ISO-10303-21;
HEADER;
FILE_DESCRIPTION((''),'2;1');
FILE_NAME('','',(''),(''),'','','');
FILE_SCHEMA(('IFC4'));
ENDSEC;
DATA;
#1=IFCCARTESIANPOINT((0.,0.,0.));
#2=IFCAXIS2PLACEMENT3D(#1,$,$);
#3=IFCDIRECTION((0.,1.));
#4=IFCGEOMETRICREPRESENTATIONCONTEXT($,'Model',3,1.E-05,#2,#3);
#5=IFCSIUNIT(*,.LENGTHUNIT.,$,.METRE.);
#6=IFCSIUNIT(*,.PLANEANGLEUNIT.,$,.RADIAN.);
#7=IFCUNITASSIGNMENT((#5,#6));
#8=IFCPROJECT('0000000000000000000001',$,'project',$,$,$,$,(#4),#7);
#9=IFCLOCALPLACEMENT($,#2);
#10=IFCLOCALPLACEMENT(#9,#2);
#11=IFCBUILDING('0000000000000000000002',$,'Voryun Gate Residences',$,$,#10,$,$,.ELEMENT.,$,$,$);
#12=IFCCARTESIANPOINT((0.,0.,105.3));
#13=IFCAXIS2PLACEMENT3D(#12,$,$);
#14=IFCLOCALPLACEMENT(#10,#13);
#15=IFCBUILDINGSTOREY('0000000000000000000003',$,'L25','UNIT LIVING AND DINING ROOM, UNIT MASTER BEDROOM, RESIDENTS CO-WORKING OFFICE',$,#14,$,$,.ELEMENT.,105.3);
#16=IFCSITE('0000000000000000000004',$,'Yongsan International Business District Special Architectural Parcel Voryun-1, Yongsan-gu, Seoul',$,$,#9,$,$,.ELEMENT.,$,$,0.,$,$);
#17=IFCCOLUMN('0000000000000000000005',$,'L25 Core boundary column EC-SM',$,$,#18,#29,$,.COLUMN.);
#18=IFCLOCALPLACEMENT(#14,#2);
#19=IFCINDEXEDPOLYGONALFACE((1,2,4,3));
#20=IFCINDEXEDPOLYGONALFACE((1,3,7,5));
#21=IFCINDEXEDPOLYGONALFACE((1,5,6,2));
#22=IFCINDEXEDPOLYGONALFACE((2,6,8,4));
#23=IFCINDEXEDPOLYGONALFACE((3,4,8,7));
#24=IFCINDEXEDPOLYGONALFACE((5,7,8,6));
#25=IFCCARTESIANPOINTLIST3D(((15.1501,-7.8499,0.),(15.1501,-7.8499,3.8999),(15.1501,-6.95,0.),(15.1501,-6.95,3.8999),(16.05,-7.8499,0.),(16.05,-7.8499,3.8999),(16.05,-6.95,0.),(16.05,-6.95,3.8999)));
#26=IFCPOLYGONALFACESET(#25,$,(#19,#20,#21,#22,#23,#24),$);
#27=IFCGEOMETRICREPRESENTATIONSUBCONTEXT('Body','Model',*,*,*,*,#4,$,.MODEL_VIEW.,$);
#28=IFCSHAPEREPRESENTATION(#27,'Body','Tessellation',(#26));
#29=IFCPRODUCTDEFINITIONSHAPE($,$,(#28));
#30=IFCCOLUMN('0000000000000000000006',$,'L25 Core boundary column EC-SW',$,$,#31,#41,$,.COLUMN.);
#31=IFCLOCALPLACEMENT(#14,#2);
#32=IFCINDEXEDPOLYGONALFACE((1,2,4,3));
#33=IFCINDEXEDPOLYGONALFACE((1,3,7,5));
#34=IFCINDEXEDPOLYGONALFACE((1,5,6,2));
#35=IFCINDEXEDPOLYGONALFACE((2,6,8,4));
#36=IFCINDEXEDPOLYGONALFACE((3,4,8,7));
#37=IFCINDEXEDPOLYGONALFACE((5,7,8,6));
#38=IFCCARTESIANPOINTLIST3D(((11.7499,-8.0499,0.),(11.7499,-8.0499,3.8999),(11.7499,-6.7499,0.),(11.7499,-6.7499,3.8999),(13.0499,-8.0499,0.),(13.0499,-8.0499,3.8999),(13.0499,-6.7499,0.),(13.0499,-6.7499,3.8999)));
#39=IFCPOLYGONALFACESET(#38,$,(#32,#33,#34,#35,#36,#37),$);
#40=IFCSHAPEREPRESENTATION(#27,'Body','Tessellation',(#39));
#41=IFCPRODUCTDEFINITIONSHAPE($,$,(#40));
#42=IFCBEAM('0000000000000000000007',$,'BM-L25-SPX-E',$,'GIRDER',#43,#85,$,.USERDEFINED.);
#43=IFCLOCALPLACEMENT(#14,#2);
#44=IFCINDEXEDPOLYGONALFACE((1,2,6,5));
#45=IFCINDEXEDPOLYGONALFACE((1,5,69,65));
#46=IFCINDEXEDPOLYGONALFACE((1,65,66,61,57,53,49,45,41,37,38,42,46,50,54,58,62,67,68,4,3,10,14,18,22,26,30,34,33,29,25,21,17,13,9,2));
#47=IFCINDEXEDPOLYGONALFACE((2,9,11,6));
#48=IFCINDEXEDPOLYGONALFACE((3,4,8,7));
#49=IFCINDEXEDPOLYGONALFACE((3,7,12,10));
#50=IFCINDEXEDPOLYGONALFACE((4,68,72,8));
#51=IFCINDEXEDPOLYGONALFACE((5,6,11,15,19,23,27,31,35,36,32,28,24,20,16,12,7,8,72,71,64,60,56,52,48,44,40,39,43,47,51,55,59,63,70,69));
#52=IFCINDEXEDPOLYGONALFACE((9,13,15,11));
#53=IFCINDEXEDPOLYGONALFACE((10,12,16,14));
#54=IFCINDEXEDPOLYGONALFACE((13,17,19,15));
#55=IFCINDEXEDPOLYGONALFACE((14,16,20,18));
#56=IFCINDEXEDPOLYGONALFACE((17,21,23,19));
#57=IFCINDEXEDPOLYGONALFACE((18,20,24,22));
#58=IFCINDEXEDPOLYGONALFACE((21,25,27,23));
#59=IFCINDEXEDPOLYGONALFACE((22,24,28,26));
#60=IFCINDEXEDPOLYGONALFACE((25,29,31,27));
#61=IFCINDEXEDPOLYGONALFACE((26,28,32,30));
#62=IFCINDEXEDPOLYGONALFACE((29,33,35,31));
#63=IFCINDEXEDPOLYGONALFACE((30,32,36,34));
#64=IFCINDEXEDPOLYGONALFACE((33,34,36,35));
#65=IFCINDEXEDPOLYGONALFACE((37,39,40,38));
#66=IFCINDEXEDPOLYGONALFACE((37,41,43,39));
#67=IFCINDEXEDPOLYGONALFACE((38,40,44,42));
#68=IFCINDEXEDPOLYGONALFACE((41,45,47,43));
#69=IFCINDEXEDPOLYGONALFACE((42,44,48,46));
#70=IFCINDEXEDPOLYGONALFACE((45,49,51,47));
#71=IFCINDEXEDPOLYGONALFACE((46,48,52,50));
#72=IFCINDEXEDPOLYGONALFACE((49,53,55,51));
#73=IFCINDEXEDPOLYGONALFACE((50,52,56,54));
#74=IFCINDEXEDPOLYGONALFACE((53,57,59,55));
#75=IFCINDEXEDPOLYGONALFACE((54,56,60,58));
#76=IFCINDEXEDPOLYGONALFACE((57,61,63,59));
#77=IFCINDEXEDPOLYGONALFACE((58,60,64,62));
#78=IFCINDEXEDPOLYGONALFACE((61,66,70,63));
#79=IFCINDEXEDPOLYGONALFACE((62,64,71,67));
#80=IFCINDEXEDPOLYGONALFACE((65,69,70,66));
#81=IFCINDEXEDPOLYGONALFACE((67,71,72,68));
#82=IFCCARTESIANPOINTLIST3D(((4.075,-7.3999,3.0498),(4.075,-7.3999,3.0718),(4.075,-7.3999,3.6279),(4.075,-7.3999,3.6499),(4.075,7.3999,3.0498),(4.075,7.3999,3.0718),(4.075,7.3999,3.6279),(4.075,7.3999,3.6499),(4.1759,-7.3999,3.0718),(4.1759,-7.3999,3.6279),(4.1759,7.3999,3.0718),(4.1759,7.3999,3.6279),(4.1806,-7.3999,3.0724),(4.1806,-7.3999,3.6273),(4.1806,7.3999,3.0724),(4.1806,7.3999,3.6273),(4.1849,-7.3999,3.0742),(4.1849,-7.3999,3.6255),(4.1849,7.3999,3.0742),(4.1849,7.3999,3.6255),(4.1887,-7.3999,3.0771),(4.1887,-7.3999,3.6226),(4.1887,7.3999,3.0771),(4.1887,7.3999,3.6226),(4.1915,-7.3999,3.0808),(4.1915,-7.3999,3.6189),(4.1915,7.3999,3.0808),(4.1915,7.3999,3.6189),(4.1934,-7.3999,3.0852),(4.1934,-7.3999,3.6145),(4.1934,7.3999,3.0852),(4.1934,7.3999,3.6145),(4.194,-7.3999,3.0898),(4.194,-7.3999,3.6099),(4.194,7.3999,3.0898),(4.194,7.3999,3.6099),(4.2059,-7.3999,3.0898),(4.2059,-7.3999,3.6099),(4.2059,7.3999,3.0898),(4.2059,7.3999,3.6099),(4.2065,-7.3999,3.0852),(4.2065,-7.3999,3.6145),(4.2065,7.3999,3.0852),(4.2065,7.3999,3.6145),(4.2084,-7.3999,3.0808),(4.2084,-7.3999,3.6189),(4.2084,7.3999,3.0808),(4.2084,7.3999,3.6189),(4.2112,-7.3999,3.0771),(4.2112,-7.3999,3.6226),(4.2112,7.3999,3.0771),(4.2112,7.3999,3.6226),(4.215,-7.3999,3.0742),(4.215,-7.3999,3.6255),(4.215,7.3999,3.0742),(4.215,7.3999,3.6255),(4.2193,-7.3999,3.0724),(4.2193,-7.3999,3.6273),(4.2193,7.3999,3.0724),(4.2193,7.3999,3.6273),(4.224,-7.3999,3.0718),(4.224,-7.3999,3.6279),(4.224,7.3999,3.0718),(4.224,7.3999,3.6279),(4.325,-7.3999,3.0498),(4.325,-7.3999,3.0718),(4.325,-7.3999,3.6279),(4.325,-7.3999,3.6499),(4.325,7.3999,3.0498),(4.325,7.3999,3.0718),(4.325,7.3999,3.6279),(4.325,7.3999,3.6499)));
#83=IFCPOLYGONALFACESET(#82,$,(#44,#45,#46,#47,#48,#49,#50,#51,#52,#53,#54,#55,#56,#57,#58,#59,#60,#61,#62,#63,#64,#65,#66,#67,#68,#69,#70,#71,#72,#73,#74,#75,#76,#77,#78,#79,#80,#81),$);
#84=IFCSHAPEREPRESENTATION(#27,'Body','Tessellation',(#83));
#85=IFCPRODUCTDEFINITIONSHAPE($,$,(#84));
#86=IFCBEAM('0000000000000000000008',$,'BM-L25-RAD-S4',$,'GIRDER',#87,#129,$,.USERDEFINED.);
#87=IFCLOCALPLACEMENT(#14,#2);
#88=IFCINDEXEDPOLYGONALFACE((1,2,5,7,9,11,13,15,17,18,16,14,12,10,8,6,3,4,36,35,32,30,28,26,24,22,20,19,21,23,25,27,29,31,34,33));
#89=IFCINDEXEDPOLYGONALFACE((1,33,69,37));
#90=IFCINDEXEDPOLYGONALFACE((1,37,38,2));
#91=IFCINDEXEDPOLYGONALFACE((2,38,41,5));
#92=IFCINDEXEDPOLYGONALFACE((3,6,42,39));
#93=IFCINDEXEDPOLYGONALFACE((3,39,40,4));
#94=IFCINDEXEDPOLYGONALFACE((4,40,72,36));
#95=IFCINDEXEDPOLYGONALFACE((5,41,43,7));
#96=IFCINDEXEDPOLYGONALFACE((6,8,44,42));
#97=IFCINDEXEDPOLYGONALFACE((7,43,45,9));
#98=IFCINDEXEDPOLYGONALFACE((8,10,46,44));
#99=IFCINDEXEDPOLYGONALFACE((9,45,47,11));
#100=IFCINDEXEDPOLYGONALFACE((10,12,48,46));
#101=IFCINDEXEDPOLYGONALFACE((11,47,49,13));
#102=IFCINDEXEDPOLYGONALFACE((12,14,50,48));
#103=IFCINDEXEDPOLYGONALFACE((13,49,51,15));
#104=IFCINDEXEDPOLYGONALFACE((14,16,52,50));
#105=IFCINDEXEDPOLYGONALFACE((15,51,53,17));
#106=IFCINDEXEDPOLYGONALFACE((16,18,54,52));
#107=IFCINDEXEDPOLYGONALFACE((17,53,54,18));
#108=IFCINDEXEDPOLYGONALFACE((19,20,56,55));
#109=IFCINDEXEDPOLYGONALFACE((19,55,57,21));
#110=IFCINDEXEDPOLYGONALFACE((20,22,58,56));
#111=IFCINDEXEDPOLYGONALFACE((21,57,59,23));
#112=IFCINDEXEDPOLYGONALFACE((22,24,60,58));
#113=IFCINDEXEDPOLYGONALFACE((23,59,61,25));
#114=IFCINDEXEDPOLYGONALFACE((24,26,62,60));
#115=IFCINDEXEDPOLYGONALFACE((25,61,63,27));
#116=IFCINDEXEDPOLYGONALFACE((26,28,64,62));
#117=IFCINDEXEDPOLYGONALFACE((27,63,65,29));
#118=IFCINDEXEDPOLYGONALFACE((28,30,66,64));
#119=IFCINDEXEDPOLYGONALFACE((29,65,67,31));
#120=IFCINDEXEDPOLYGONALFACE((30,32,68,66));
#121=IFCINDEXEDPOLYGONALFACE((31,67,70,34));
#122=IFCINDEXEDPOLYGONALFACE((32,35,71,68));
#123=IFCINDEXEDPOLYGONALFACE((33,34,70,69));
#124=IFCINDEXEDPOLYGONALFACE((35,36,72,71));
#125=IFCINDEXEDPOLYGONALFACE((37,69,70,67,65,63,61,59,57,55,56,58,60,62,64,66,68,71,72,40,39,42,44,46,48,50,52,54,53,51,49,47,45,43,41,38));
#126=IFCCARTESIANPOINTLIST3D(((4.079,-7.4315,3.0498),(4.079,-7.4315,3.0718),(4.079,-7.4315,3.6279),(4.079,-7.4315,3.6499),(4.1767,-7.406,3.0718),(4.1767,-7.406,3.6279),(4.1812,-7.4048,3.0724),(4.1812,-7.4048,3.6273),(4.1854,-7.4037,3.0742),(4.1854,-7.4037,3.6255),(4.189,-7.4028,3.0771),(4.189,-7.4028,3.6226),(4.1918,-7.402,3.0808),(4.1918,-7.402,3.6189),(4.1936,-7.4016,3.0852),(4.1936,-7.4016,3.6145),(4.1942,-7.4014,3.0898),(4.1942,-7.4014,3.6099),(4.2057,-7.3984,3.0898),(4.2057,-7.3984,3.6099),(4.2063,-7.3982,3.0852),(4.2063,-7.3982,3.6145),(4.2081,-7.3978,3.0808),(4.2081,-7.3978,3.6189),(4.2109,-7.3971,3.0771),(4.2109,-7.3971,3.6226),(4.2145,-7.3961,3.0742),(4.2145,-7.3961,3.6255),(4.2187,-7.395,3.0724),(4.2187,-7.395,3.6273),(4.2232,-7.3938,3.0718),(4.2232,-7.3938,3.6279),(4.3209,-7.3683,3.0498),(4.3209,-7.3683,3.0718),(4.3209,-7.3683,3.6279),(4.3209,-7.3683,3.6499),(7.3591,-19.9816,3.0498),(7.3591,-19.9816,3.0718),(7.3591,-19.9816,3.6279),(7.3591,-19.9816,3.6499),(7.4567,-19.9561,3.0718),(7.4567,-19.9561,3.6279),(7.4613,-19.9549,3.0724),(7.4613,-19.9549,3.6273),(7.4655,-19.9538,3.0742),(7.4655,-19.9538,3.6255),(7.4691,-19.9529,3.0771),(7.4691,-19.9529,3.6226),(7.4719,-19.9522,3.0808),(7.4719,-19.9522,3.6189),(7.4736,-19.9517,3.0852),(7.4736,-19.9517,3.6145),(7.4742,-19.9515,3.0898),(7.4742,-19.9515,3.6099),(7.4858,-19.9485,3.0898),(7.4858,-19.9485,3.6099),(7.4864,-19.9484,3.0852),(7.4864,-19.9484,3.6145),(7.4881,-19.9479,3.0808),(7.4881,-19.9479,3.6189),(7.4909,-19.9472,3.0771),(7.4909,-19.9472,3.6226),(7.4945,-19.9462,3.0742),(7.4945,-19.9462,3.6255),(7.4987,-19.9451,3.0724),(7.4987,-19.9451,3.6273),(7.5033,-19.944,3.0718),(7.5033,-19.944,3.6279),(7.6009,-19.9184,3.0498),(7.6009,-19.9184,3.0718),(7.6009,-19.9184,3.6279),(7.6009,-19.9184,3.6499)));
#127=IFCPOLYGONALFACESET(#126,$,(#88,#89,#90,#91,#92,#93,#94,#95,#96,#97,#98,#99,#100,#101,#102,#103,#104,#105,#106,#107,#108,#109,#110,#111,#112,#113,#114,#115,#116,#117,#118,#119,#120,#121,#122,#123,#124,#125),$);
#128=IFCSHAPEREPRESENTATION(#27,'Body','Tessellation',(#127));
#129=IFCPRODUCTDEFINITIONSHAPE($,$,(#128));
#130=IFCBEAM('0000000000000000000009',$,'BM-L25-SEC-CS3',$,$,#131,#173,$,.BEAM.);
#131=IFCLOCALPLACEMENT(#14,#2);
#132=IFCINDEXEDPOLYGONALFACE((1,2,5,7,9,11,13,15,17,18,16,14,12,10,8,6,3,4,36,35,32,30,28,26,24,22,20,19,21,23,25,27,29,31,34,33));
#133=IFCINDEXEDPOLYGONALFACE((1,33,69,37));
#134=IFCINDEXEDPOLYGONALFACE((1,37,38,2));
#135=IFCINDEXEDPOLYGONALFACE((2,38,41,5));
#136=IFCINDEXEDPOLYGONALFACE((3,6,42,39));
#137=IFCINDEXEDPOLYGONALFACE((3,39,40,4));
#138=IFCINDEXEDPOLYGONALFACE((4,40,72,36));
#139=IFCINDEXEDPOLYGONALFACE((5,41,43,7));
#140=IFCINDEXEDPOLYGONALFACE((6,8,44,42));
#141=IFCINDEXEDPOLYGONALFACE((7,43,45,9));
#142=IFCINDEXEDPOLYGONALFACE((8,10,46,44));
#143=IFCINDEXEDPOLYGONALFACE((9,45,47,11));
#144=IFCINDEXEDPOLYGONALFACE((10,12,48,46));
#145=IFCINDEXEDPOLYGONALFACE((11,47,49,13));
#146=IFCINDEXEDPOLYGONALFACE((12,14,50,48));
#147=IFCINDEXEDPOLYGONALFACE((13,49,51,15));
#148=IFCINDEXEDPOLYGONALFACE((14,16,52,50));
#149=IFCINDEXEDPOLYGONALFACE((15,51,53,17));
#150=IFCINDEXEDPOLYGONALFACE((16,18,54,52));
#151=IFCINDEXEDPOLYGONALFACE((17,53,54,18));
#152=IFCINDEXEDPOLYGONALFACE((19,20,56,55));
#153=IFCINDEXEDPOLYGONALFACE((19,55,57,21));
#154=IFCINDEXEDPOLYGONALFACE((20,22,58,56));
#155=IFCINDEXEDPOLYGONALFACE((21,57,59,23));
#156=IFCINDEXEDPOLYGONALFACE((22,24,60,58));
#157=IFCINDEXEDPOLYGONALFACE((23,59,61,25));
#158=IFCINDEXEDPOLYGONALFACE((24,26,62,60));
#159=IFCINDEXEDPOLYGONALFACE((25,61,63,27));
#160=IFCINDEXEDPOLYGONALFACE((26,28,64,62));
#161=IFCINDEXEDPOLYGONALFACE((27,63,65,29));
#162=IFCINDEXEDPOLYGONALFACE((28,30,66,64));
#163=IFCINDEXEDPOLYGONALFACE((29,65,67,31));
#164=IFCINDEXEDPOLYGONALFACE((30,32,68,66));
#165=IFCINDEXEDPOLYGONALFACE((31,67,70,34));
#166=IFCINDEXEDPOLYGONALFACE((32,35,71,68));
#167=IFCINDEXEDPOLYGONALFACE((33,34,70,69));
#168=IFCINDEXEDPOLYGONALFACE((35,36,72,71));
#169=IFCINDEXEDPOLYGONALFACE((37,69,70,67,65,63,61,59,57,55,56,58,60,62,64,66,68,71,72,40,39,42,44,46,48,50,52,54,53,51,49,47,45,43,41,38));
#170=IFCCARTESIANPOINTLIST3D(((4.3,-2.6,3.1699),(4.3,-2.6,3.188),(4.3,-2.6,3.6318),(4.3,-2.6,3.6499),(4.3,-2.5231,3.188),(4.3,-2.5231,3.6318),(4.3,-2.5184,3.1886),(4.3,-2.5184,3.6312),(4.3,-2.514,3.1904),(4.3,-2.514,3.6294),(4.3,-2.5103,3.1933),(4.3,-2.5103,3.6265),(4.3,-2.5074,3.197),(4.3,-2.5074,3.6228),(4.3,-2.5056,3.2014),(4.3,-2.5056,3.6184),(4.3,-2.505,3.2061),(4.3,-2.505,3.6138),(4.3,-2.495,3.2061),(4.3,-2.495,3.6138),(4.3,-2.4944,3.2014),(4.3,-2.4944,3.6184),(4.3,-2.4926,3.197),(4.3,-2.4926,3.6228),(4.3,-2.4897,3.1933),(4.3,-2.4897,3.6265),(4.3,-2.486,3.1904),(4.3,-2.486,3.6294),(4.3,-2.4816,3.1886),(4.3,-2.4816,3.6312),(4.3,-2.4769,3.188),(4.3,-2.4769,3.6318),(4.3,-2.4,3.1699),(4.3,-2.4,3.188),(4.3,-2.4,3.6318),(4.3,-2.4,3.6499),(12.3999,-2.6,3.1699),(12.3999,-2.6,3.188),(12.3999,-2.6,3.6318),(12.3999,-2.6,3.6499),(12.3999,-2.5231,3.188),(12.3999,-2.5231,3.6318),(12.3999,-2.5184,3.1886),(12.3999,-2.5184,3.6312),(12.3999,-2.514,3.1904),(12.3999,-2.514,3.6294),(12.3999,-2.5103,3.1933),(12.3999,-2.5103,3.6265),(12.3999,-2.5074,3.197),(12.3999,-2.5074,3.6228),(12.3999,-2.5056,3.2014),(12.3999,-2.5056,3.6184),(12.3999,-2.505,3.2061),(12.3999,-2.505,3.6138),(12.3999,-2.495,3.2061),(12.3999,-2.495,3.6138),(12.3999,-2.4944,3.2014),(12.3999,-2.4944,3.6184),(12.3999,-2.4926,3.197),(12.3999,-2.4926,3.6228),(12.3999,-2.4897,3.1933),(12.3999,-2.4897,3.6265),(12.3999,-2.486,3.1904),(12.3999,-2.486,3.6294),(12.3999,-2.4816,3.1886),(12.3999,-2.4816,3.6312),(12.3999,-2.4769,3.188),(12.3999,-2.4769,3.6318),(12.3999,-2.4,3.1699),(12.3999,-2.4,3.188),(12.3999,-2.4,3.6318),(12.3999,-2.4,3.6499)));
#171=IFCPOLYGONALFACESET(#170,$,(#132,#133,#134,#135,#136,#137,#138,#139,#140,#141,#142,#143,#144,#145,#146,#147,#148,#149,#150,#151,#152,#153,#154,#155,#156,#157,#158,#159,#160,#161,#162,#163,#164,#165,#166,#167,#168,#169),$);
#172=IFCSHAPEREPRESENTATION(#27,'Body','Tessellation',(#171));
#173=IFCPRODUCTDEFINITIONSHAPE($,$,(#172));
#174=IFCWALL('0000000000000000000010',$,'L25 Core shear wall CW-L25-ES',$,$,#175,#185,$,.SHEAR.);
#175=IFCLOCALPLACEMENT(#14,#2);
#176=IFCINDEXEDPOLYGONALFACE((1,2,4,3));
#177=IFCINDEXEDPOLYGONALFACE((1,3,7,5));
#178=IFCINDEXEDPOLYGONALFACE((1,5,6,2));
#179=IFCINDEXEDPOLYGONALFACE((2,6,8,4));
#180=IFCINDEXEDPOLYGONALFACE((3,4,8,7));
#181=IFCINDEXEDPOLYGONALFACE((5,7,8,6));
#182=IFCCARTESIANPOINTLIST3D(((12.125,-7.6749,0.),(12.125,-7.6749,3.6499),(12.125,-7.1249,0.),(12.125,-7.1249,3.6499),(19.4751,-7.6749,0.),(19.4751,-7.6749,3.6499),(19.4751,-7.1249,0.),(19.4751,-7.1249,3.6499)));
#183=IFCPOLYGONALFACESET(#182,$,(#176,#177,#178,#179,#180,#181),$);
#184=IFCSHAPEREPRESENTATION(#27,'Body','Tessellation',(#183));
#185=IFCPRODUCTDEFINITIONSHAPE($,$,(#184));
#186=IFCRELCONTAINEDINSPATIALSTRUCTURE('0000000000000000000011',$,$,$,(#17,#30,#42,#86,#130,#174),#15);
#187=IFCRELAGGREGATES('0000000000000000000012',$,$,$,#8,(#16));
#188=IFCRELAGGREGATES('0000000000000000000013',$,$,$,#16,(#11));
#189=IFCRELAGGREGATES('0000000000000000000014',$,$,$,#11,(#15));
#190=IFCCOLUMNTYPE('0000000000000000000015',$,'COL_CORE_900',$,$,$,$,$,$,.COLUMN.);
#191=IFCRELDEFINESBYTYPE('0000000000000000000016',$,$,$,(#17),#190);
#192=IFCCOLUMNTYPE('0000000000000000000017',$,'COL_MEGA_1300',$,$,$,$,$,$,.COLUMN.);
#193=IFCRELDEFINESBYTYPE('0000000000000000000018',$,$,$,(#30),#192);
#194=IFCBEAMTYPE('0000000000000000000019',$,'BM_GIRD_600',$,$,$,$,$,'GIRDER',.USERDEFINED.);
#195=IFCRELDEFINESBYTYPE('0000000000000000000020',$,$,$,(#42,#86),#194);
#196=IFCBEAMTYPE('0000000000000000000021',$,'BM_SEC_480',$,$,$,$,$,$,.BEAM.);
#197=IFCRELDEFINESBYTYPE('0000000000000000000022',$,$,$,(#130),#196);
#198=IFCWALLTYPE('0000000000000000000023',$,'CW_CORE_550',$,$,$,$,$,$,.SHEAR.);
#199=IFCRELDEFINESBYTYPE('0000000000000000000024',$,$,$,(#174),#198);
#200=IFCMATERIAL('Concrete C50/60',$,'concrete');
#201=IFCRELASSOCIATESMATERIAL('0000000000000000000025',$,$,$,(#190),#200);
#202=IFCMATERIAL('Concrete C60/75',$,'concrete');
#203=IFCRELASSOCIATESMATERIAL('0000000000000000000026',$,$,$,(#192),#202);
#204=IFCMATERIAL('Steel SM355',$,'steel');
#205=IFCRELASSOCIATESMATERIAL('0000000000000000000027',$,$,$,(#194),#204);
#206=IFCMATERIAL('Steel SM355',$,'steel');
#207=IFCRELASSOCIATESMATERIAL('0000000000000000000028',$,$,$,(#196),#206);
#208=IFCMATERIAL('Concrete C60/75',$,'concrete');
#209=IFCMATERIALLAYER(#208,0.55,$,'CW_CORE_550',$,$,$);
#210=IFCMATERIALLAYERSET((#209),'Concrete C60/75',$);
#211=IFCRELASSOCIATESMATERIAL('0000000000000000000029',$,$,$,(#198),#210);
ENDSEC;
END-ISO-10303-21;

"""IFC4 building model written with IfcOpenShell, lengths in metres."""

from ifc_helpers import new_model, si_unit, direction, frame, frame_2d, origin, origin_2d, place, context, subcontext, project, spatial, rectangle, i_section, extrude, material, layer, layer_set, material_profile, profile_set, type_object, element, save


model = new_model("IFC4")

# Units and contexts
model_context = context("Model", 3, precision=1e-05, world=origin(), true_north=direction((0.0, 1.0)))
body_context = subcontext(model_context, "Body", "Model", "MODEL_VIEW")
ifc_project = project(units=[si_unit("LENGTHUNIT", "METRE"), si_unit("PLANEANGLEUNIT", "RADIAN")], contexts=[model_context])

# Site, building, storey
site_placement = place(None, origin())
site = spatial("IfcSite", under=ifc_project, at=site_placement, Name="Yongsan International Business District Special Architectural Parcel Voryun-1, Yongsan-gu, Seoul", CompositionType="ELEMENT", RefElevation=0.0)
building_placement = place(site_placement, origin())
building = spatial("IfcBuilding", under=site, at=building_placement, Name="Voryun Gate Residences", CompositionType="ELEMENT")
storey_placement = place(building_placement, frame((0.0, 0.0, 105.3)))
storey = spatial("IfcBuildingStorey", under=building, at=storey_placement, Name="L25", Description="UNIT LIVING AND DINING ROOM, UNIT MASTER BEDROOM, RESIDENTS CO-WORKING OFFICE", CompositionType="ELEMENT", Elevation=105.3)

# Columns
ifc_material_1 = material(Name="Concrete C50/60", Category="concrete")
ifc_material_profile_1 = material_profile(ifc_material_1, rectangle(XDim=0.8999, YDim=0.8999, at=origin_2d()), Name="RC-900x900")
ifc_profile_set_1 = profile_set([ifc_material_profile_1], Name="Concrete C50/60")
column_type_1 = type_object("IfcColumnType", Name="COL_CORE_900", PredefinedType="COLUMN", material=ifc_profile_set_1)
column_1_placement = place(storey_placement, frame((15.6001, -7.3999, 0.0), z_axis=(0.0, 0.0, 1.0), x_axis=(1.0, 0.0, 0.0)))
element("IfcColumn", 1, at=column_1_placement, inside=storey, type_object=column_type_1, Name="L25 Core boundary column EC-SM", PredefinedType="COLUMN", context=body_context, shape_type="SweptSolid", body=[
    extrude(rectangle(XDim=0.8999, YDim=0.8999, at=origin_2d()), origin(), (0.0, 0.0, 1.0), 3.8999),
])
ifc_material_2 = material(Name="Concrete C60/75", Category="concrete")
ifc_material_profile_2 = material_profile(ifc_material_2, rectangle(XDim=1.3, YDim=1.3, at=origin_2d()), Name="RC-1300x1300")
ifc_profile_set_2 = profile_set([ifc_material_profile_2], Name="Concrete C60/75")
column_type_2 = type_object("IfcColumnType", Name="COL_MEGA_1300", PredefinedType="COLUMN", material=ifc_profile_set_2)
column_2_placement = place(storey_placement, frame((12.3999, -7.3999, 0.0), z_axis=(0.0, 0.0, 1.0), x_axis=(1.0, 0.0, 0.0)))
element("IfcColumn", 2, at=column_2_placement, inside=storey, type_object=column_type_2, Name="L25 Core boundary column EC-SW", PredefinedType="COLUMN", context=body_context, shape_type="SweptSolid", body=[
    extrude(rectangle(XDim=1.3, YDim=1.3, at=origin_2d()), origin(), (0.0, 0.0, 1.0), 3.8999),
])

# Beams
ifc_material_3 = material(Name="Steel SM355", Category="steel")
ifc_material_profile_3 = material_profile(ifc_material_3, i_section(OverallWidth=0.25, OverallDepth=0.6001, WebThickness=0.012, FlangeThickness=0.022, FilletRadius=0.0181, at=origin_2d()), Name="H-600x250x12x22")
ifc_profile_set_3 = profile_set([ifc_material_profile_3], Name="Steel SM355")
beam_type_1 = type_object("IfcBeamType", Name="BM_GIRD_600", ElementType="GIRDER", PredefinedType="USERDEFINED", material=ifc_profile_set_3)
beam_1_placement = place(storey_placement, frame((4.2, -7.3999, 3.3499), z_axis=(0.0, 1.0, 0.0), x_axis=(-1.0, 0.0, 0.0)))
element("IfcBeam", 3, at=beam_1_placement, inside=storey, type_object=beam_type_1, Name="BM-L25-SPX-E", ObjectType="GIRDER", PredefinedType="USERDEFINED", context=body_context, shape_type="SweptSolid", body=[
    extrude(i_section(OverallWidth=0.25, OverallDepth=0.6001, WebThickness=0.012, FlangeThickness=0.022, FilletRadius=0.0181, at=origin_2d()), origin(), (0.0, 0.0, 1.0), 14.7998),
])
beam_2_placement = place(storey_placement, frame((4.2, -7.3999, 3.3499), z_axis=(0.252862, -0.967502, 0.0), x_axis=(0.967502, 0.252862, 0.0)))
element("IfcBeam", 4, at=beam_2_placement, inside=storey, type_object=beam_type_1, Name="BM-L25-RAD-S4", ObjectType="GIRDER", PredefinedType="USERDEFINED", context=body_context, shape_type="SweptSolid", body=[
    extrude(i_section(OverallWidth=0.25, OverallDepth=0.6001, WebThickness=0.012, FlangeThickness=0.022, FilletRadius=0.0181, at=origin_2d()), origin(), (0.0, 0.0, 1.0), 12.9717),
])
ifc_material_4 = material(Name="Steel SM355", Category="steel")
ifc_material_profile_4 = material_profile(ifc_material_4, i_section(OverallWidth=0.2, OverallDepth=0.48, WebThickness=0.01, FlangeThickness=0.0181, FilletRadius=0.0181, at=origin_2d()), Name="H-480x200x10x18")
ifc_profile_set_4 = profile_set([ifc_material_profile_4], Name="Steel SM355")
beam_type_2 = type_object("IfcBeamType", Name="BM_SEC_480", PredefinedType="BEAM", material=ifc_profile_set_4)
beam_3_placement = place(storey_placement, frame((4.3, -2.5, 3.4099), z_axis=(1.0, 0.0, 0.0), x_axis=(0.0, 1.0, 0.0)))
element("IfcBeam", 5, at=beam_3_placement, inside=storey, type_object=beam_type_2, Name="BM-L25-SEC-CS3", PredefinedType="BEAM", context=body_context, shape_type="SweptSolid", body=[
    extrude(i_section(OverallWidth=0.2, OverallDepth=0.48, WebThickness=0.01, FlangeThickness=0.0181, FilletRadius=0.0181, at=origin_2d()), origin(), (0.0, 0.0, 1.0), 8.0999),
])

# Wall
ifc_material_5 = material(Name="Concrete C60/75", Category="concrete")
ifc_layer_1 = layer(ifc_material_5, 0.55, Name="CW_CORE_550")
ifc_layer_set_1 = layer_set([ifc_layer_1], Name="Concrete C60/75")
wall_type_1 = type_object("IfcWallType", Name="CW_CORE_550", PredefinedType="SHEAR", material=ifc_layer_set_1)
wall_1_placement = place(storey_placement, frame((12.125, -7.3999, 0.0), z_axis=(0.0, 0.0, 1.0), x_axis=(1.0, 0.0, 0.0)))
element("IfcWall", 6, at=wall_1_placement, inside=storey, type_object=wall_type_1, Name="L25 Core shear wall CW-L25-ES", PredefinedType="SHEAR", context=body_context, shape_type="SweptSolid", body=[
    extrude(rectangle(XDim=7.3501, YDim=0.55, at=frame_2d((3.675, 0.0))), origin(), (0.0, 0.0, 1.0), 3.6499),
])

save(model, "model.ifc")
